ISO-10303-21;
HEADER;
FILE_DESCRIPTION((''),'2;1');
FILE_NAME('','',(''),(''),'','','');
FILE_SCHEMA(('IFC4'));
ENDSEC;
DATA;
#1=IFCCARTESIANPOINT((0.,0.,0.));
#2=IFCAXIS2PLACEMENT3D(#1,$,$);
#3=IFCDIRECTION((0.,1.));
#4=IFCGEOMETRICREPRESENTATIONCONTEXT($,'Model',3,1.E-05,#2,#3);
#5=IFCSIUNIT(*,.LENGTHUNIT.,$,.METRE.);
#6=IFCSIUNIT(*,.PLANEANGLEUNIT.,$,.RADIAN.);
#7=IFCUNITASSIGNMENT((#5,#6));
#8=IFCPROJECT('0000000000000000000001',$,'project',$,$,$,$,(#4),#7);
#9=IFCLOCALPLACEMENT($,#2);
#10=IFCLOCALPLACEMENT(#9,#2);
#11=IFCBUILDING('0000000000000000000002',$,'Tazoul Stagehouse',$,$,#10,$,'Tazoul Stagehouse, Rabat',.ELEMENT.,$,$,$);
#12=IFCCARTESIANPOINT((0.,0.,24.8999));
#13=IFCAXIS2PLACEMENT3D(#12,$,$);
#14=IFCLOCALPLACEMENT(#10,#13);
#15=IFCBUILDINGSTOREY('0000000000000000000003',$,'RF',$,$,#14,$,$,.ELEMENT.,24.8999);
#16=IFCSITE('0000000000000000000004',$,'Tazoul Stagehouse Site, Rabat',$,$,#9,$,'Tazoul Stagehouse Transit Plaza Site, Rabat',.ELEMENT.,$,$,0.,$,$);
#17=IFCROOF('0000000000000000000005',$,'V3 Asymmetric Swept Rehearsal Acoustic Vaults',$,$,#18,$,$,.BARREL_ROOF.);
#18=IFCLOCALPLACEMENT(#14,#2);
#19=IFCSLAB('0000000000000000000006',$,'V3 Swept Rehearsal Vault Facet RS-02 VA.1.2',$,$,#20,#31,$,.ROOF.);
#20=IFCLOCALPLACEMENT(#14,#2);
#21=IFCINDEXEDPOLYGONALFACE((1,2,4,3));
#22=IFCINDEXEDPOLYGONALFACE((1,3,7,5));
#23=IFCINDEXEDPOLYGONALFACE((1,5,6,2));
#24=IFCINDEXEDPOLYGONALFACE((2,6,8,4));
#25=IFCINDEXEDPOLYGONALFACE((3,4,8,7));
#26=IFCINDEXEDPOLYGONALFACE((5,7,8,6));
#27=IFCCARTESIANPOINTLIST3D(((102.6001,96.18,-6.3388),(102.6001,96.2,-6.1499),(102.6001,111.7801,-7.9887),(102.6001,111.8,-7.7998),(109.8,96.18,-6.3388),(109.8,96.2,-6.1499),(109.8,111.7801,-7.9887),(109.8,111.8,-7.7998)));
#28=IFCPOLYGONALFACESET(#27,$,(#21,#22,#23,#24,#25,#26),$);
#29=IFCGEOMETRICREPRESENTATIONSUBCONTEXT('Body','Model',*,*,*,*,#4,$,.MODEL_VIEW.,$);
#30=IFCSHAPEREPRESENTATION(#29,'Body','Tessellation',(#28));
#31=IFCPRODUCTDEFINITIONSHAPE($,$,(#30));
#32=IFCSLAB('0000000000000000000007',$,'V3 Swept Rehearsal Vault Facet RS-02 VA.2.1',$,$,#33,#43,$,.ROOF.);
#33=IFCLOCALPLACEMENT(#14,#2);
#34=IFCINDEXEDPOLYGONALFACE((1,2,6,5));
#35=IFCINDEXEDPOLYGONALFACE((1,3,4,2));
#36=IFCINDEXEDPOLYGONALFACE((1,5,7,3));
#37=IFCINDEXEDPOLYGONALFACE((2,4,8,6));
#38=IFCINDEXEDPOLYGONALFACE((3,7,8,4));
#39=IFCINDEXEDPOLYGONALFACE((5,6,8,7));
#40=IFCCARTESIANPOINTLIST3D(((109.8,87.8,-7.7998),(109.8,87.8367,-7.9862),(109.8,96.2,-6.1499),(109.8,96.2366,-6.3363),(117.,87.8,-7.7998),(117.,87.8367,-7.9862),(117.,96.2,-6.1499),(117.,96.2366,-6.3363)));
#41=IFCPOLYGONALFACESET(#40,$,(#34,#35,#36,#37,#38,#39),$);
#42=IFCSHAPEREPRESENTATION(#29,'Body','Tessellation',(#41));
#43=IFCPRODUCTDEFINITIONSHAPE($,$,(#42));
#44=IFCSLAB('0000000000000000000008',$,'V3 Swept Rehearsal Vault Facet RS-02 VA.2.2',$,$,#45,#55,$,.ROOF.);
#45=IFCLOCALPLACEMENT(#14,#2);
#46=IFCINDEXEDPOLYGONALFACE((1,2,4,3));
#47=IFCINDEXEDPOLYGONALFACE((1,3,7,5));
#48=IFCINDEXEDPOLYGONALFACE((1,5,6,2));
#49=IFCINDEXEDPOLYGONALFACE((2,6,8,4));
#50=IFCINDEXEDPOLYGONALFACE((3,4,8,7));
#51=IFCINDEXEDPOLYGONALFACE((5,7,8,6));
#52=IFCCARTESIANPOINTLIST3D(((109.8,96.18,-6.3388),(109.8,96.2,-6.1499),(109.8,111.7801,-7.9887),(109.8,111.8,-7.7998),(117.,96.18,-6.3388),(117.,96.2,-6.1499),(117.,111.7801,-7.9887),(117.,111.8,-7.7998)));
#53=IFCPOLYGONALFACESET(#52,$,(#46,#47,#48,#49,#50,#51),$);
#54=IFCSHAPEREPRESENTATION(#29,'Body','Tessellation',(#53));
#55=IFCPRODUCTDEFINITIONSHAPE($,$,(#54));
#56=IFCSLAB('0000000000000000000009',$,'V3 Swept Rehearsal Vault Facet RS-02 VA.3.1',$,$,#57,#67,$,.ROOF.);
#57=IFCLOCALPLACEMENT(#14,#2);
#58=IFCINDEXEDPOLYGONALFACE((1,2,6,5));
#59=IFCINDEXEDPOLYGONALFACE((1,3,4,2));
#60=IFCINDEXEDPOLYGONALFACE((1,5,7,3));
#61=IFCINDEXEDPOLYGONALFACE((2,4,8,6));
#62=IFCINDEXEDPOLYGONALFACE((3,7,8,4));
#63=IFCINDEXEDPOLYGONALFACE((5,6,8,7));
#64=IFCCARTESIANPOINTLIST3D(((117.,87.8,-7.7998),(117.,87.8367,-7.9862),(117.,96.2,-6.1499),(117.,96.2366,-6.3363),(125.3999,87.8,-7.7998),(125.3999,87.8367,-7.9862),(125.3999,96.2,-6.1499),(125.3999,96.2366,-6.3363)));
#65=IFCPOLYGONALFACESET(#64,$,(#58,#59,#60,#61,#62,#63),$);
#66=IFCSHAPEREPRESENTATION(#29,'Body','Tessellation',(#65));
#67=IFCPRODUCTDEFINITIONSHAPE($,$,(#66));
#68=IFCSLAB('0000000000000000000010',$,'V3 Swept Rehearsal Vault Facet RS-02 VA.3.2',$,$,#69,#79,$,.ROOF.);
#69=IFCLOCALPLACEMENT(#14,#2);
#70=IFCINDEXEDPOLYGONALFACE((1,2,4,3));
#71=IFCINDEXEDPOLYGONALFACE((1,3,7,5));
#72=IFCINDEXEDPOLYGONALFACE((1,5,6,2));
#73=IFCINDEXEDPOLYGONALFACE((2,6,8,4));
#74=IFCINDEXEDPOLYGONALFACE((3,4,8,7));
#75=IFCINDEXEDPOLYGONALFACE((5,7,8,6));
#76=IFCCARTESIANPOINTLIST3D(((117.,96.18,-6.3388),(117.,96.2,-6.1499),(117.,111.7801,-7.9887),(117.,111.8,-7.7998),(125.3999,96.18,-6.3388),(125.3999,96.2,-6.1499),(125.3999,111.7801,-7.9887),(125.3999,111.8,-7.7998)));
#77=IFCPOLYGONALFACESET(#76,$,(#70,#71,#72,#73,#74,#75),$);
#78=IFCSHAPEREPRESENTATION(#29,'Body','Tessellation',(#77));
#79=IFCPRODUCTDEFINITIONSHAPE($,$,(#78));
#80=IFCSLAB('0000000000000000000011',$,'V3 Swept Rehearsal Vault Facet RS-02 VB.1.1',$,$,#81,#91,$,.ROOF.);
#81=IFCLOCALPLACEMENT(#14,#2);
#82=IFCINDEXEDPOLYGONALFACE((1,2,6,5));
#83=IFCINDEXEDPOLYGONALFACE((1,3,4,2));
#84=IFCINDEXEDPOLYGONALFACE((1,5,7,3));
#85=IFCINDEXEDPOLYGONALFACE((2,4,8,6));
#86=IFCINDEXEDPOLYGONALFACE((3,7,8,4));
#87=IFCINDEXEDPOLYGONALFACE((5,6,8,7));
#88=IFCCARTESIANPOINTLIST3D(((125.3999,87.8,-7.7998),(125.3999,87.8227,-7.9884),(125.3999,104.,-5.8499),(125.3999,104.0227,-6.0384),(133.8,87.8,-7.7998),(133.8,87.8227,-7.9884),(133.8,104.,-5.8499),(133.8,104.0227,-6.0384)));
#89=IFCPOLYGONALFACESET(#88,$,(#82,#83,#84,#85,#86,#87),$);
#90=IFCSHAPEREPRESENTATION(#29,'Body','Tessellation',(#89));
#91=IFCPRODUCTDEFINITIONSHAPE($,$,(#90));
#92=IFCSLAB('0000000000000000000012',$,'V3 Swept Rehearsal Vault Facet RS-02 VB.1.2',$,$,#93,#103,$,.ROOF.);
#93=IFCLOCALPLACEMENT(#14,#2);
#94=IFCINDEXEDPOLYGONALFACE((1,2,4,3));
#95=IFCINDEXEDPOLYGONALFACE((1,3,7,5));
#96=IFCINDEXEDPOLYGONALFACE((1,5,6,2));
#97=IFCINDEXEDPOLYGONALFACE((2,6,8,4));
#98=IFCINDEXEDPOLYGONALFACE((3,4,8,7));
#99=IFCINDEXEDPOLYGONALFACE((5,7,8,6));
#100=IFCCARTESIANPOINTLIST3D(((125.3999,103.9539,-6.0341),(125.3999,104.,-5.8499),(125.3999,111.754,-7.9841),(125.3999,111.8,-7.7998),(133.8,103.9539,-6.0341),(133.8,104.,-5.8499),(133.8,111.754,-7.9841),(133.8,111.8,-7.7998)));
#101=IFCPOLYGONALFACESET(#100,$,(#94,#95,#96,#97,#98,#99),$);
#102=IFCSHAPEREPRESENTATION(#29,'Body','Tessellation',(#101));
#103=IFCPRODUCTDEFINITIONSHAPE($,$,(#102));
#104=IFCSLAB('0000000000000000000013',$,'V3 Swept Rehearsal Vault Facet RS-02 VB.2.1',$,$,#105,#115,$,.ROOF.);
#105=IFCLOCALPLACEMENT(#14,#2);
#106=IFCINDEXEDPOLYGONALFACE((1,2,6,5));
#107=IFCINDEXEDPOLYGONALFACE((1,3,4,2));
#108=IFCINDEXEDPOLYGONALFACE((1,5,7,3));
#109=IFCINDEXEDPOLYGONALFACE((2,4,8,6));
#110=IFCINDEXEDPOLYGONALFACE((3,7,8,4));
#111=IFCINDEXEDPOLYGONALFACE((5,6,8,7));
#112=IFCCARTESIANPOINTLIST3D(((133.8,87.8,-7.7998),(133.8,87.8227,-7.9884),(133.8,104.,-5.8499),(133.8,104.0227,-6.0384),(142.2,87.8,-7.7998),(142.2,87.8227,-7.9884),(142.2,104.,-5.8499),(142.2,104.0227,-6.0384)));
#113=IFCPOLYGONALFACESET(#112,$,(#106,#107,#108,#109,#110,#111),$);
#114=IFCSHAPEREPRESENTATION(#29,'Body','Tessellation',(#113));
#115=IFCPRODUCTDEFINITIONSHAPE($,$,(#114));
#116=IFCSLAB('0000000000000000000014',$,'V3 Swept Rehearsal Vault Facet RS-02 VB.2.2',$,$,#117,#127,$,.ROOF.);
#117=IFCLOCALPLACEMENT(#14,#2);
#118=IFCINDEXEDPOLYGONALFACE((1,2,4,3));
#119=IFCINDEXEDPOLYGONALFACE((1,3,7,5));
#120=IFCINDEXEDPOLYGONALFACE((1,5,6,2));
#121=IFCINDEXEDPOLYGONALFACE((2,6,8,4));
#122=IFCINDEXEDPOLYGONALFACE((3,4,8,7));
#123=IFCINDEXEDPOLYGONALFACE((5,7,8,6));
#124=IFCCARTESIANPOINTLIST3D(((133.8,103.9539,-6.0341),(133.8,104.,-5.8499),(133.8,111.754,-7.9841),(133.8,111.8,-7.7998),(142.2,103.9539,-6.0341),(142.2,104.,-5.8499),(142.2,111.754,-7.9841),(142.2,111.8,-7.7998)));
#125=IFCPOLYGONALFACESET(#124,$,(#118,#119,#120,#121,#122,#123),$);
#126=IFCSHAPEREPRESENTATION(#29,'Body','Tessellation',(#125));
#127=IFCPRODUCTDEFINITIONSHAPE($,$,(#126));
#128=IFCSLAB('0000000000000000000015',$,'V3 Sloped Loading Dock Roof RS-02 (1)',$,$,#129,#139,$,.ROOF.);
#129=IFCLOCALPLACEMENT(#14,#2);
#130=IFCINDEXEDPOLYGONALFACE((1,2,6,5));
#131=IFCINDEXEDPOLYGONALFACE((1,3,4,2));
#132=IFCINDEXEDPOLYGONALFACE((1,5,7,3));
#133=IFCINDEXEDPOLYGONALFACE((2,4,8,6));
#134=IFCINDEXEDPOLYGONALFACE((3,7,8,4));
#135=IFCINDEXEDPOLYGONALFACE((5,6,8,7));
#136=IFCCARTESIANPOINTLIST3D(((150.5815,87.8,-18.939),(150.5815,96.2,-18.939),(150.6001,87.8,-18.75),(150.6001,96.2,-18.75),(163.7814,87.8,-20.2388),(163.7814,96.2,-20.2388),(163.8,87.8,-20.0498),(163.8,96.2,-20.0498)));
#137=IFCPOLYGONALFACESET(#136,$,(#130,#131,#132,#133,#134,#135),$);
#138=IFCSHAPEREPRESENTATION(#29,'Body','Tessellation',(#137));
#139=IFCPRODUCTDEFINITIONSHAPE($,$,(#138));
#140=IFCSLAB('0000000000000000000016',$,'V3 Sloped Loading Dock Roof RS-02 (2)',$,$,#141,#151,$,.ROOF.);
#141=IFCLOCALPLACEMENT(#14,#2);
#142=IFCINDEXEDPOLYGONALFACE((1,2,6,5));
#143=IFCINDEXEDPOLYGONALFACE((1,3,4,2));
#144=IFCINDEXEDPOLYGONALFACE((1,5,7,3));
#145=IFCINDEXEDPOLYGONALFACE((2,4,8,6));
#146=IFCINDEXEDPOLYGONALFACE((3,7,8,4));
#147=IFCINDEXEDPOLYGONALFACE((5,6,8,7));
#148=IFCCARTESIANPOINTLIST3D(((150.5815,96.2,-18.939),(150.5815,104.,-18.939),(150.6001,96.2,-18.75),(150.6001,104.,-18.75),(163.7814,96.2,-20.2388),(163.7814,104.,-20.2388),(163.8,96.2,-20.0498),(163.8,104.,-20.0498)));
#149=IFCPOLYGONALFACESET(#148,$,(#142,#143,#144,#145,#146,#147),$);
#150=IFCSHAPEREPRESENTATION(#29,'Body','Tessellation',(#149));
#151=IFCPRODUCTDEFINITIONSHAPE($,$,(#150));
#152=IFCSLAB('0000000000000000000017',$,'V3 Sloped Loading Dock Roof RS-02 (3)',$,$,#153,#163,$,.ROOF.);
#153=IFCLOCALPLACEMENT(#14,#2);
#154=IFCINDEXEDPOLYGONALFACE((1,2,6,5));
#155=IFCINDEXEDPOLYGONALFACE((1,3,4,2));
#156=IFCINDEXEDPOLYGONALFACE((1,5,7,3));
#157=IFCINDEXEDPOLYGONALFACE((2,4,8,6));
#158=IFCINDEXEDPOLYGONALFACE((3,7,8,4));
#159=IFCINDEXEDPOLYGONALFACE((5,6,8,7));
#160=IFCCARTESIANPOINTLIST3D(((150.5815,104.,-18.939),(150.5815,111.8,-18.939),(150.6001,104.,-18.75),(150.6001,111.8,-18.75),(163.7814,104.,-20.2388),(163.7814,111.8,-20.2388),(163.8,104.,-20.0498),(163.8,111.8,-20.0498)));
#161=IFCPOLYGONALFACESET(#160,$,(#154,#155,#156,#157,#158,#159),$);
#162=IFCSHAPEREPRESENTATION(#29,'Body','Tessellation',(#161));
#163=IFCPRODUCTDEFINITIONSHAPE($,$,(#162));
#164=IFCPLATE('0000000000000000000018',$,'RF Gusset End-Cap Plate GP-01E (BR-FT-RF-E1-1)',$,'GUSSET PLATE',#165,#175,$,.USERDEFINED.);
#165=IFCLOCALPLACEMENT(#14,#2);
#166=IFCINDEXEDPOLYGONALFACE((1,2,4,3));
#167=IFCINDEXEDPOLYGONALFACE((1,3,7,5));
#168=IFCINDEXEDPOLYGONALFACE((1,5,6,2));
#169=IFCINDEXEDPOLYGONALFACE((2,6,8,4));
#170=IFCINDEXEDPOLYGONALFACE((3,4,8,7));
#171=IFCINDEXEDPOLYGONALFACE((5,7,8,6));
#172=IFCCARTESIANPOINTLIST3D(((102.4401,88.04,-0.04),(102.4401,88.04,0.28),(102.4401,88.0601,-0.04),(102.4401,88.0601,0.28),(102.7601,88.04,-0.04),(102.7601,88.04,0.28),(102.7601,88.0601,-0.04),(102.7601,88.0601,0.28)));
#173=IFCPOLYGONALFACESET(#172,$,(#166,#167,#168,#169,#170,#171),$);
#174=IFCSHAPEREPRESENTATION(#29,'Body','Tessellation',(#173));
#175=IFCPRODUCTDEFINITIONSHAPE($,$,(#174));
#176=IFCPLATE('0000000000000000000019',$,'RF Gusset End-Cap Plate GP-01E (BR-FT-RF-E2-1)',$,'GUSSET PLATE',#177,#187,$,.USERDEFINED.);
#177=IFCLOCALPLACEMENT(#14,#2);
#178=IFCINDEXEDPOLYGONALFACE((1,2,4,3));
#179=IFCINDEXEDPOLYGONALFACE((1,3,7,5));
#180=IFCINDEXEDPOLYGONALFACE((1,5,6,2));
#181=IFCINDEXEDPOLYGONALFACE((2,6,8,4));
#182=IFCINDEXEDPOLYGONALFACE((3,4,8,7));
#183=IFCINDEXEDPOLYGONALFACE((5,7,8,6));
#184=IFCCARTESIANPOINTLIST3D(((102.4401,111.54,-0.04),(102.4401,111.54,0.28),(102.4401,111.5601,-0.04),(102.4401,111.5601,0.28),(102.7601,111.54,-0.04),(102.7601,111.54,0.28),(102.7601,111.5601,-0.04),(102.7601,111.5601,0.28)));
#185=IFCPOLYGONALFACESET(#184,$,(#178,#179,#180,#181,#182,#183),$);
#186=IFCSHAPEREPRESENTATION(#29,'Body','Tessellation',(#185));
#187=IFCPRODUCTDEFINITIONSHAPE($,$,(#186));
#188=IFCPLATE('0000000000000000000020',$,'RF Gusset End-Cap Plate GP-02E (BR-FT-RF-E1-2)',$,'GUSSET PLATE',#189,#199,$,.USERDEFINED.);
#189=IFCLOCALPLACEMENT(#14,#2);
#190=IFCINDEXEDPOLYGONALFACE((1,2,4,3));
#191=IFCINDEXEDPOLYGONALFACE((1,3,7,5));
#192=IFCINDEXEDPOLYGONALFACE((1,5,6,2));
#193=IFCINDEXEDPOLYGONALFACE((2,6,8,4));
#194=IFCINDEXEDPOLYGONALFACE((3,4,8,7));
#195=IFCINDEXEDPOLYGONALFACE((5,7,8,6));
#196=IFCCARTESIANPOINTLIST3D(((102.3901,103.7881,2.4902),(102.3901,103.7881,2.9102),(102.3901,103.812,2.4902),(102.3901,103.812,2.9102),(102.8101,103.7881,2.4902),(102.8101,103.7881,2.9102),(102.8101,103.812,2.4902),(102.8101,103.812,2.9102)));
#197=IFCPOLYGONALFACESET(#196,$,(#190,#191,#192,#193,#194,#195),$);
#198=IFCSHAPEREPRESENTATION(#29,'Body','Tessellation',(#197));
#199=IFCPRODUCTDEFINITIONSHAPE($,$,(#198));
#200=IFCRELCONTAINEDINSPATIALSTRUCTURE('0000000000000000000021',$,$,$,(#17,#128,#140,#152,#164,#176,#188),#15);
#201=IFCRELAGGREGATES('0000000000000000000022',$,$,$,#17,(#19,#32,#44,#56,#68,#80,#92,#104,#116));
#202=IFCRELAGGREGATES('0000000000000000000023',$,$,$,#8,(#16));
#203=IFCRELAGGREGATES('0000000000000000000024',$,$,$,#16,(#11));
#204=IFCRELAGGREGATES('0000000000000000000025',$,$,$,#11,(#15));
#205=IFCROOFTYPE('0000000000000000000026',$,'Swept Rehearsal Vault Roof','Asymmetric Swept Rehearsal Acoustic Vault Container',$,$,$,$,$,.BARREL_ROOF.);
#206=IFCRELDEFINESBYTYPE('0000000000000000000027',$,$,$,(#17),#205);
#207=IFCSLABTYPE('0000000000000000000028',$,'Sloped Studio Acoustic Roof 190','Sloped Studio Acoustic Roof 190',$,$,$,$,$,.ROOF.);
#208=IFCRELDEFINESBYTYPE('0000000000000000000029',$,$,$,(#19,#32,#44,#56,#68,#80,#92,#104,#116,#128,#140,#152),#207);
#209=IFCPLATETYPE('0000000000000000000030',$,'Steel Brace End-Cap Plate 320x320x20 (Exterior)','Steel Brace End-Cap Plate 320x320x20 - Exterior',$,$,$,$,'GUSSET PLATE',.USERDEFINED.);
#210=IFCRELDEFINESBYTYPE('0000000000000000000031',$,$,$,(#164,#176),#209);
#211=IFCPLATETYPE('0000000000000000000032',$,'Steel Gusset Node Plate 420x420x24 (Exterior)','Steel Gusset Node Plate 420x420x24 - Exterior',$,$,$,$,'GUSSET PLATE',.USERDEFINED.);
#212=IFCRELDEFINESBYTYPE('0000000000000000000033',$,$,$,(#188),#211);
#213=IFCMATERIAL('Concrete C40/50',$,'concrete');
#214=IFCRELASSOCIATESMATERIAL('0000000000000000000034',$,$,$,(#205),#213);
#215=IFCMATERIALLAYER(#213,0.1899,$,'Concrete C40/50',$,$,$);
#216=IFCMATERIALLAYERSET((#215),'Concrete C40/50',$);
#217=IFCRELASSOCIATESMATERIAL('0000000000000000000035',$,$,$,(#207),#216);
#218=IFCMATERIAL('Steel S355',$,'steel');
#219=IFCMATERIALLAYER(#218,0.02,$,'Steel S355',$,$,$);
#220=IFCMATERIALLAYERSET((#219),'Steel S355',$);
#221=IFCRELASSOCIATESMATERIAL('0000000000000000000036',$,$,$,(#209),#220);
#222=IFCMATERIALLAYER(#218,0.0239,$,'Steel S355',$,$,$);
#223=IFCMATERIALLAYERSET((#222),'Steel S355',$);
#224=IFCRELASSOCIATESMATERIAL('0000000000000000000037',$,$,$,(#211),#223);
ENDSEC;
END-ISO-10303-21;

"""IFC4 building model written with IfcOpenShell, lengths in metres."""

from ifc_helpers import new_model, si_unit, direction, frame, origin, origin_2d, place, context, subcontext, project, spatial, polyline, rectangle, outline, extrude, material, layer, layer_set, type_object, element, aggregate, save


model = new_model("IFC4")

# Units and contexts
model_context = context("Model", 3, precision=1e-05, world=origin(), true_north=direction((0.0, 1.0)))
body_context = subcontext(model_context, "Body", "Model", "MODEL_VIEW")
ifc_project = project(units=[si_unit("LENGTHUNIT", "METRE"), si_unit("PLANEANGLEUNIT", "RADIAN")], contexts=[model_context])

# Site, building, storey
site_placement = place(None, origin())
site = spatial("IfcSite", under=ifc_project, at=site_placement, Name="Tazoul Stagehouse Site, Rabat", LongName="Tazoul Stagehouse Transit Plaza Site, Rabat", CompositionType="ELEMENT", RefElevation=0.0)
building_placement = place(site_placement, origin())
building = spatial("IfcBuilding", under=site, at=building_placement, Name="Tazoul Stagehouse", LongName="Tazoul Stagehouse, Rabat", CompositionType="ELEMENT")
storey_placement = place(building_placement, frame((0.0, 0.0, 24.8999)))
storey = spatial("IfcBuildingStorey", under=building, at=storey_placement, Name="RF", CompositionType="ELEMENT", Elevation=24.8999)

# Shared definitions
ifc_material_1 = material(Name="Concrete C40/50", Category="concrete")
ifc_material_2 = material(Name="Steel S355", Category="steel")

# Roof, slabs
roof_type = type_object("IfcRoofType", Name="Swept Rehearsal Vault Roof", Description="Asymmetric Swept Rehearsal Acoustic Vault Container", PredefinedType="BARREL_ROOF", material=ifc_material_1)
roof_placement = place(storey_placement, origin())
roof = element("IfcRoof", 1, at=roof_placement, inside=storey, type_object=roof_type, Name="V3 Asymmetric Swept Rehearsal Acoustic Vaults", PredefinedType="BARREL_ROOF")
ifc_layer_1 = layer(ifc_material_1, 0.1899, Name="Concrete C40/50")
ifc_layer_set_1 = layer_set([ifc_layer_1], Name="Concrete C40/50")
slab_type = type_object("IfcSlabType", Name="Sloped Studio Acoustic Roof 190", Description="Sloped Studio Acoustic Roof 190", PredefinedType="ROOF", material=ifc_layer_set_1)
slab_1_placement = place(storey_placement, frame((102.6001, 96.2, -6.1499), z_axis=(0.0, 0.105176, 0.994454), x_axis=(1.0, 0.0, 0.0)))
slab_1 = element("IfcSlab", 2, at=slab_1_placement, type_object=slab_type, Name="V3 Swept Rehearsal Vault Facet RS-02 VA.1.2", PredefinedType="ROOF", context=body_context, shape_type="SweptSolid", body=[
    extrude(outline(polyline([(0.0, 0.0), (7.2, 0.0), (7.2, 15.6871), (0.0, 15.6871), (0.0, 0.0)])), origin(), (0.0, 0.0, -1.0), 0.1899),
])
slab_2_placement = place(storey_placement, frame((109.8, 87.8, -7.7998), z_axis=(0.0, -0.192736, 0.981251), x_axis=(1.0, 0.0, 0.0)))
slab_2 = element("IfcSlab", 3, at=slab_2_placement, type_object=slab_type, Name="V3 Swept Rehearsal Vault Facet RS-02 VA.2.1", PredefinedType="ROOF", context=body_context, shape_type="SweptSolid", body=[
    extrude(outline(polyline([(0.0, 0.0), (7.2, 0.0), (7.2, 8.5604), (0.0, 8.5604), (0.0, 0.0)])), origin(), (0.0, 0.0, -1.0), 0.1899),
])
slab_3_placement = place(storey_placement, frame((109.8, 96.2, -6.1499), z_axis=(0.0, 0.105176, 0.994454), x_axis=(1.0, 0.0, 0.0)))
slab_3 = element("IfcSlab", 4, at=slab_3_placement, type_object=slab_type, Name="V3 Swept Rehearsal Vault Facet RS-02 VA.2.2", PredefinedType="ROOF", context=body_context, shape_type="SweptSolid", body=[
    extrude(outline(polyline([(0.0, 0.0), (7.2, 0.0), (7.2, 15.6871), (0.0, 15.6871), (0.0, 0.0)])), origin(), (0.0, 0.0, -1.0), 0.1899),
])
slab_4_placement = place(storey_placement, frame((117.0, 87.8, -7.7998), z_axis=(0.0, -0.192736, 0.981251), x_axis=(1.0, 0.0, 0.0)))
slab_4 = element("IfcSlab", 5, at=slab_4_placement, type_object=slab_type, Name="V3 Swept Rehearsal Vault Facet RS-02 VA.3.1", PredefinedType="ROOF", context=body_context, shape_type="SweptSolid", body=[
    extrude(outline(polyline([(0.0, 0.0), (8.3999, 0.0), (8.3999, 8.5604), (0.0, 8.5604), (0.0, 0.0)])), origin(), (0.0, 0.0, -1.0), 0.1899),
])
slab_5_placement = place(storey_placement, frame((117.0, 96.2, -6.1499), z_axis=(0.0, 0.105176, 0.994454), x_axis=(1.0, 0.0, 0.0)))
slab_5 = element("IfcSlab", 6, at=slab_5_placement, type_object=slab_type, Name="V3 Swept Rehearsal Vault Facet RS-02 VA.3.2", PredefinedType="ROOF", context=body_context, shape_type="SweptSolid", body=[
    extrude(outline(polyline([(0.0, 0.0), (8.3999, 0.0), (8.3999, 15.6871), (0.0, 15.6871), (0.0, 0.0)])), origin(), (0.0, 0.0, -1.0), 0.1899),
])
slab_6_placement = place(storey_placement, frame((125.3999, 87.8, -7.7998), z_axis=(0.0, -0.119505, 0.992834), x_axis=(1.0, 0.0, 0.0)))
slab_6 = element("IfcSlab", 7, at=slab_6_placement, type_object=slab_type, Name="V3 Swept Rehearsal Vault Facet RS-02 VB.1.1", PredefinedType="ROOF", context=body_context, shape_type="SweptSolid", body=[
    extrude(outline(polyline([(0.0, 0.0), (8.4001, 0.0), (8.4001, 16.3169), (0.0, 16.3169), (0.0, 0.0)])), origin(), (0.0, 0.0, -1.0), 0.1899),
])
slab_7_placement = place(storey_placement, frame((125.3999, 104.0, -5.8499), z_axis=(0.0, 0.242528, 0.970144), x_axis=(1.0, 0.0, 0.0)))
slab_7 = element("IfcSlab", 8, at=slab_7_placement, type_object=slab_type, Name="V3 Swept Rehearsal Vault Facet RS-02 VB.1.2", PredefinedType="ROOF", context=body_context, shape_type="SweptSolid", body=[
    extrude(outline(polyline([(0.0, 0.0), (8.4001, 0.0), (8.4001, 8.0401), (0.0, 8.0401), (0.0, 0.0)])), origin(), (0.0, 0.0, -1.0), 0.1899),
])
slab_8_placement = place(storey_placement, frame((133.8, 87.8, -7.7998), z_axis=(0.0, -0.119505, 0.992834), x_axis=(1.0, 0.0, 0.0)))
slab_8 = element("IfcSlab", 9, at=slab_8_placement, type_object=slab_type, Name="V3 Swept Rehearsal Vault Facet RS-02 VB.2.1", PredefinedType="ROOF", context=body_context, shape_type="SweptSolid", body=[
    extrude(outline(polyline([(0.0, 0.0), (8.3999, 0.0), (8.3999, 16.3169), (0.0, 16.3169), (0.0, 0.0)])), origin(), (0.0, 0.0, -1.0), 0.1899),
])
slab_9_placement = place(storey_placement, frame((133.8, 104.0, -5.8499), z_axis=(0.0, 0.242528, 0.970144), x_axis=(1.0, 0.0, 0.0)))
slab_9 = element("IfcSlab", 10, at=slab_9_placement, type_object=slab_type, Name="V3 Swept Rehearsal Vault Facet RS-02 VB.2.2", PredefinedType="ROOF", context=body_context, shape_type="SweptSolid", body=[
    extrude(outline(polyline([(0.0, 0.0), (8.3999, 0.0), (8.3999, 8.0401), (0.0, 8.0401), (0.0, 0.0)])), origin(), (0.0, 0.0, -1.0), 0.1899),
])
aggregate(roof, [slab_1, slab_2, slab_3, slab_4, slab_5, slab_6, slab_7, slab_8, slab_9])

# Slabs
slab_10_placement = place(storey_placement, frame((150.6001, 87.8, -18.75), z_axis=(0.097996, 0.0, 0.995187), x_axis=(0.995187, 0.0, -0.097996)))
element("IfcSlab", 11, at=slab_10_placement, inside=storey, type_object=slab_type, Name="V3 Sloped Loading Dock Roof RS-02 (1)", PredefinedType="ROOF", context=body_context, shape_type="SweptSolid", body=[
    extrude(outline(polyline([(0.0, 0.0), (13.2638, 0.0), (13.2638, 8.3999), (0.0, 8.3999), (0.0, 0.0)])), origin(), (0.0, 0.0, -1.0), 0.1899),
])
for number, where, z_axis, x_axis, name in (
    (12, (150.6001, 96.2, -18.75), (0.097996, 0.0, 0.995187), (0.995187, 0.0, -0.097996), "V3 Sloped Loading Dock Roof RS-02 (2)"),
    (13, (150.6001, 104.0, -18.75), (0.097996, 0.0, 0.995187), (0.995187, 0.0, -0.097996), "V3 Sloped Loading Dock Roof RS-02 (3)"),
):
    element("IfcSlab", number, at=place(storey_placement, frame(where, z_axis=z_axis, x_axis=x_axis)), inside=storey, type_object=slab_type, Name=name, PredefinedType="ROOF", context=body_context, shape_type="SweptSolid", body=[
        extrude(outline(polyline([(0.0, 0.0), (13.2638, 0.0), (13.2638, 7.8), (0.0, 7.8), (0.0, 0.0)])), origin(), (0.0, 0.0, -1.0), 0.1899),
    ])

# Plates
ifc_layer_2 = layer(ifc_material_2, 0.02, Name="Steel S355")
ifc_layer_set_2 = layer_set([ifc_layer_2], Name="Steel S355")
plate_type_1 = type_object("IfcPlateType", Name="Steel Brace End-Cap Plate 320x320x20 (Exterior)", Description="Steel Brace End-Cap Plate 320x320x20 - Exterior", ElementType="GUSSET PLATE", PredefinedType="USERDEFINED", material=ifc_layer_set_2)
for number, where, z_axis, x_axis, name in (
    (14, (102.6001, 88.05, -0.04), (0.0, 0.0, 1.0), (0.0, 1.0, 0.0), "RF Gusset End-Cap Plate GP-01E (BR-FT-RF-E1-1)"),
    (15, (102.6001, 111.55, -0.04), (0.0, 0.0, 1.0), (0.0, -1.0, 0.0), "RF Gusset End-Cap Plate GP-01E (BR-FT-RF-E2-1)"),
):
    element("IfcPlate", number, at=place(storey_placement, frame(where, z_axis=z_axis, x_axis=x_axis)), inside=storey, type_object=plate_type_1, Name=name, ObjectType="GUSSET PLATE", PredefinedType="USERDEFINED", context=body_context, shape_type="SweptSolid", body=[
        extrude(rectangle(XDim=0.02, YDim=0.3201, at=origin_2d()), origin(), (0.0, 0.0, 1.0), 0.3201),
    ])
ifc_layer_3 = layer(ifc_material_2, 0.0239, Name="Steel S355")
ifc_layer_set_3 = layer_set([ifc_layer_3], Name="Steel S355")
plate_type_2 = type_object("IfcPlateType", Name="Steel Gusset Node Plate 420x420x24 (Exterior)", Description="Steel Gusset Node Plate 420x420x24 - Exterior", ElementType="GUSSET PLATE", PredefinedType="USERDEFINED", material=ifc_layer_set_3)
for number, where, z_axis, x_axis, name in (
    (16, (102.6001, 103.8, 2.4902), (0.0, 0.0, 1.0), (0.0, 1.0, 0.0), "RF Gusset End-Cap Plate GP-02E (BR-FT-RF-E1-2)"),
):
    element("IfcPlate", number, at=place(storey_placement, frame(where, z_axis=z_axis, x_axis=x_axis)), inside=storey, type_object=plate_type_2, Name=name, ObjectType="GUSSET PLATE", PredefinedType="USERDEFINED", context=body_context, shape_type="SweptSolid", body=[
        extrude(rectangle(XDim=0.0239, YDim=0.4199, at=origin_2d()), origin(), (0.0, 0.0, 1.0), 0.4199),
    ])

save(model, "model.ifc")
